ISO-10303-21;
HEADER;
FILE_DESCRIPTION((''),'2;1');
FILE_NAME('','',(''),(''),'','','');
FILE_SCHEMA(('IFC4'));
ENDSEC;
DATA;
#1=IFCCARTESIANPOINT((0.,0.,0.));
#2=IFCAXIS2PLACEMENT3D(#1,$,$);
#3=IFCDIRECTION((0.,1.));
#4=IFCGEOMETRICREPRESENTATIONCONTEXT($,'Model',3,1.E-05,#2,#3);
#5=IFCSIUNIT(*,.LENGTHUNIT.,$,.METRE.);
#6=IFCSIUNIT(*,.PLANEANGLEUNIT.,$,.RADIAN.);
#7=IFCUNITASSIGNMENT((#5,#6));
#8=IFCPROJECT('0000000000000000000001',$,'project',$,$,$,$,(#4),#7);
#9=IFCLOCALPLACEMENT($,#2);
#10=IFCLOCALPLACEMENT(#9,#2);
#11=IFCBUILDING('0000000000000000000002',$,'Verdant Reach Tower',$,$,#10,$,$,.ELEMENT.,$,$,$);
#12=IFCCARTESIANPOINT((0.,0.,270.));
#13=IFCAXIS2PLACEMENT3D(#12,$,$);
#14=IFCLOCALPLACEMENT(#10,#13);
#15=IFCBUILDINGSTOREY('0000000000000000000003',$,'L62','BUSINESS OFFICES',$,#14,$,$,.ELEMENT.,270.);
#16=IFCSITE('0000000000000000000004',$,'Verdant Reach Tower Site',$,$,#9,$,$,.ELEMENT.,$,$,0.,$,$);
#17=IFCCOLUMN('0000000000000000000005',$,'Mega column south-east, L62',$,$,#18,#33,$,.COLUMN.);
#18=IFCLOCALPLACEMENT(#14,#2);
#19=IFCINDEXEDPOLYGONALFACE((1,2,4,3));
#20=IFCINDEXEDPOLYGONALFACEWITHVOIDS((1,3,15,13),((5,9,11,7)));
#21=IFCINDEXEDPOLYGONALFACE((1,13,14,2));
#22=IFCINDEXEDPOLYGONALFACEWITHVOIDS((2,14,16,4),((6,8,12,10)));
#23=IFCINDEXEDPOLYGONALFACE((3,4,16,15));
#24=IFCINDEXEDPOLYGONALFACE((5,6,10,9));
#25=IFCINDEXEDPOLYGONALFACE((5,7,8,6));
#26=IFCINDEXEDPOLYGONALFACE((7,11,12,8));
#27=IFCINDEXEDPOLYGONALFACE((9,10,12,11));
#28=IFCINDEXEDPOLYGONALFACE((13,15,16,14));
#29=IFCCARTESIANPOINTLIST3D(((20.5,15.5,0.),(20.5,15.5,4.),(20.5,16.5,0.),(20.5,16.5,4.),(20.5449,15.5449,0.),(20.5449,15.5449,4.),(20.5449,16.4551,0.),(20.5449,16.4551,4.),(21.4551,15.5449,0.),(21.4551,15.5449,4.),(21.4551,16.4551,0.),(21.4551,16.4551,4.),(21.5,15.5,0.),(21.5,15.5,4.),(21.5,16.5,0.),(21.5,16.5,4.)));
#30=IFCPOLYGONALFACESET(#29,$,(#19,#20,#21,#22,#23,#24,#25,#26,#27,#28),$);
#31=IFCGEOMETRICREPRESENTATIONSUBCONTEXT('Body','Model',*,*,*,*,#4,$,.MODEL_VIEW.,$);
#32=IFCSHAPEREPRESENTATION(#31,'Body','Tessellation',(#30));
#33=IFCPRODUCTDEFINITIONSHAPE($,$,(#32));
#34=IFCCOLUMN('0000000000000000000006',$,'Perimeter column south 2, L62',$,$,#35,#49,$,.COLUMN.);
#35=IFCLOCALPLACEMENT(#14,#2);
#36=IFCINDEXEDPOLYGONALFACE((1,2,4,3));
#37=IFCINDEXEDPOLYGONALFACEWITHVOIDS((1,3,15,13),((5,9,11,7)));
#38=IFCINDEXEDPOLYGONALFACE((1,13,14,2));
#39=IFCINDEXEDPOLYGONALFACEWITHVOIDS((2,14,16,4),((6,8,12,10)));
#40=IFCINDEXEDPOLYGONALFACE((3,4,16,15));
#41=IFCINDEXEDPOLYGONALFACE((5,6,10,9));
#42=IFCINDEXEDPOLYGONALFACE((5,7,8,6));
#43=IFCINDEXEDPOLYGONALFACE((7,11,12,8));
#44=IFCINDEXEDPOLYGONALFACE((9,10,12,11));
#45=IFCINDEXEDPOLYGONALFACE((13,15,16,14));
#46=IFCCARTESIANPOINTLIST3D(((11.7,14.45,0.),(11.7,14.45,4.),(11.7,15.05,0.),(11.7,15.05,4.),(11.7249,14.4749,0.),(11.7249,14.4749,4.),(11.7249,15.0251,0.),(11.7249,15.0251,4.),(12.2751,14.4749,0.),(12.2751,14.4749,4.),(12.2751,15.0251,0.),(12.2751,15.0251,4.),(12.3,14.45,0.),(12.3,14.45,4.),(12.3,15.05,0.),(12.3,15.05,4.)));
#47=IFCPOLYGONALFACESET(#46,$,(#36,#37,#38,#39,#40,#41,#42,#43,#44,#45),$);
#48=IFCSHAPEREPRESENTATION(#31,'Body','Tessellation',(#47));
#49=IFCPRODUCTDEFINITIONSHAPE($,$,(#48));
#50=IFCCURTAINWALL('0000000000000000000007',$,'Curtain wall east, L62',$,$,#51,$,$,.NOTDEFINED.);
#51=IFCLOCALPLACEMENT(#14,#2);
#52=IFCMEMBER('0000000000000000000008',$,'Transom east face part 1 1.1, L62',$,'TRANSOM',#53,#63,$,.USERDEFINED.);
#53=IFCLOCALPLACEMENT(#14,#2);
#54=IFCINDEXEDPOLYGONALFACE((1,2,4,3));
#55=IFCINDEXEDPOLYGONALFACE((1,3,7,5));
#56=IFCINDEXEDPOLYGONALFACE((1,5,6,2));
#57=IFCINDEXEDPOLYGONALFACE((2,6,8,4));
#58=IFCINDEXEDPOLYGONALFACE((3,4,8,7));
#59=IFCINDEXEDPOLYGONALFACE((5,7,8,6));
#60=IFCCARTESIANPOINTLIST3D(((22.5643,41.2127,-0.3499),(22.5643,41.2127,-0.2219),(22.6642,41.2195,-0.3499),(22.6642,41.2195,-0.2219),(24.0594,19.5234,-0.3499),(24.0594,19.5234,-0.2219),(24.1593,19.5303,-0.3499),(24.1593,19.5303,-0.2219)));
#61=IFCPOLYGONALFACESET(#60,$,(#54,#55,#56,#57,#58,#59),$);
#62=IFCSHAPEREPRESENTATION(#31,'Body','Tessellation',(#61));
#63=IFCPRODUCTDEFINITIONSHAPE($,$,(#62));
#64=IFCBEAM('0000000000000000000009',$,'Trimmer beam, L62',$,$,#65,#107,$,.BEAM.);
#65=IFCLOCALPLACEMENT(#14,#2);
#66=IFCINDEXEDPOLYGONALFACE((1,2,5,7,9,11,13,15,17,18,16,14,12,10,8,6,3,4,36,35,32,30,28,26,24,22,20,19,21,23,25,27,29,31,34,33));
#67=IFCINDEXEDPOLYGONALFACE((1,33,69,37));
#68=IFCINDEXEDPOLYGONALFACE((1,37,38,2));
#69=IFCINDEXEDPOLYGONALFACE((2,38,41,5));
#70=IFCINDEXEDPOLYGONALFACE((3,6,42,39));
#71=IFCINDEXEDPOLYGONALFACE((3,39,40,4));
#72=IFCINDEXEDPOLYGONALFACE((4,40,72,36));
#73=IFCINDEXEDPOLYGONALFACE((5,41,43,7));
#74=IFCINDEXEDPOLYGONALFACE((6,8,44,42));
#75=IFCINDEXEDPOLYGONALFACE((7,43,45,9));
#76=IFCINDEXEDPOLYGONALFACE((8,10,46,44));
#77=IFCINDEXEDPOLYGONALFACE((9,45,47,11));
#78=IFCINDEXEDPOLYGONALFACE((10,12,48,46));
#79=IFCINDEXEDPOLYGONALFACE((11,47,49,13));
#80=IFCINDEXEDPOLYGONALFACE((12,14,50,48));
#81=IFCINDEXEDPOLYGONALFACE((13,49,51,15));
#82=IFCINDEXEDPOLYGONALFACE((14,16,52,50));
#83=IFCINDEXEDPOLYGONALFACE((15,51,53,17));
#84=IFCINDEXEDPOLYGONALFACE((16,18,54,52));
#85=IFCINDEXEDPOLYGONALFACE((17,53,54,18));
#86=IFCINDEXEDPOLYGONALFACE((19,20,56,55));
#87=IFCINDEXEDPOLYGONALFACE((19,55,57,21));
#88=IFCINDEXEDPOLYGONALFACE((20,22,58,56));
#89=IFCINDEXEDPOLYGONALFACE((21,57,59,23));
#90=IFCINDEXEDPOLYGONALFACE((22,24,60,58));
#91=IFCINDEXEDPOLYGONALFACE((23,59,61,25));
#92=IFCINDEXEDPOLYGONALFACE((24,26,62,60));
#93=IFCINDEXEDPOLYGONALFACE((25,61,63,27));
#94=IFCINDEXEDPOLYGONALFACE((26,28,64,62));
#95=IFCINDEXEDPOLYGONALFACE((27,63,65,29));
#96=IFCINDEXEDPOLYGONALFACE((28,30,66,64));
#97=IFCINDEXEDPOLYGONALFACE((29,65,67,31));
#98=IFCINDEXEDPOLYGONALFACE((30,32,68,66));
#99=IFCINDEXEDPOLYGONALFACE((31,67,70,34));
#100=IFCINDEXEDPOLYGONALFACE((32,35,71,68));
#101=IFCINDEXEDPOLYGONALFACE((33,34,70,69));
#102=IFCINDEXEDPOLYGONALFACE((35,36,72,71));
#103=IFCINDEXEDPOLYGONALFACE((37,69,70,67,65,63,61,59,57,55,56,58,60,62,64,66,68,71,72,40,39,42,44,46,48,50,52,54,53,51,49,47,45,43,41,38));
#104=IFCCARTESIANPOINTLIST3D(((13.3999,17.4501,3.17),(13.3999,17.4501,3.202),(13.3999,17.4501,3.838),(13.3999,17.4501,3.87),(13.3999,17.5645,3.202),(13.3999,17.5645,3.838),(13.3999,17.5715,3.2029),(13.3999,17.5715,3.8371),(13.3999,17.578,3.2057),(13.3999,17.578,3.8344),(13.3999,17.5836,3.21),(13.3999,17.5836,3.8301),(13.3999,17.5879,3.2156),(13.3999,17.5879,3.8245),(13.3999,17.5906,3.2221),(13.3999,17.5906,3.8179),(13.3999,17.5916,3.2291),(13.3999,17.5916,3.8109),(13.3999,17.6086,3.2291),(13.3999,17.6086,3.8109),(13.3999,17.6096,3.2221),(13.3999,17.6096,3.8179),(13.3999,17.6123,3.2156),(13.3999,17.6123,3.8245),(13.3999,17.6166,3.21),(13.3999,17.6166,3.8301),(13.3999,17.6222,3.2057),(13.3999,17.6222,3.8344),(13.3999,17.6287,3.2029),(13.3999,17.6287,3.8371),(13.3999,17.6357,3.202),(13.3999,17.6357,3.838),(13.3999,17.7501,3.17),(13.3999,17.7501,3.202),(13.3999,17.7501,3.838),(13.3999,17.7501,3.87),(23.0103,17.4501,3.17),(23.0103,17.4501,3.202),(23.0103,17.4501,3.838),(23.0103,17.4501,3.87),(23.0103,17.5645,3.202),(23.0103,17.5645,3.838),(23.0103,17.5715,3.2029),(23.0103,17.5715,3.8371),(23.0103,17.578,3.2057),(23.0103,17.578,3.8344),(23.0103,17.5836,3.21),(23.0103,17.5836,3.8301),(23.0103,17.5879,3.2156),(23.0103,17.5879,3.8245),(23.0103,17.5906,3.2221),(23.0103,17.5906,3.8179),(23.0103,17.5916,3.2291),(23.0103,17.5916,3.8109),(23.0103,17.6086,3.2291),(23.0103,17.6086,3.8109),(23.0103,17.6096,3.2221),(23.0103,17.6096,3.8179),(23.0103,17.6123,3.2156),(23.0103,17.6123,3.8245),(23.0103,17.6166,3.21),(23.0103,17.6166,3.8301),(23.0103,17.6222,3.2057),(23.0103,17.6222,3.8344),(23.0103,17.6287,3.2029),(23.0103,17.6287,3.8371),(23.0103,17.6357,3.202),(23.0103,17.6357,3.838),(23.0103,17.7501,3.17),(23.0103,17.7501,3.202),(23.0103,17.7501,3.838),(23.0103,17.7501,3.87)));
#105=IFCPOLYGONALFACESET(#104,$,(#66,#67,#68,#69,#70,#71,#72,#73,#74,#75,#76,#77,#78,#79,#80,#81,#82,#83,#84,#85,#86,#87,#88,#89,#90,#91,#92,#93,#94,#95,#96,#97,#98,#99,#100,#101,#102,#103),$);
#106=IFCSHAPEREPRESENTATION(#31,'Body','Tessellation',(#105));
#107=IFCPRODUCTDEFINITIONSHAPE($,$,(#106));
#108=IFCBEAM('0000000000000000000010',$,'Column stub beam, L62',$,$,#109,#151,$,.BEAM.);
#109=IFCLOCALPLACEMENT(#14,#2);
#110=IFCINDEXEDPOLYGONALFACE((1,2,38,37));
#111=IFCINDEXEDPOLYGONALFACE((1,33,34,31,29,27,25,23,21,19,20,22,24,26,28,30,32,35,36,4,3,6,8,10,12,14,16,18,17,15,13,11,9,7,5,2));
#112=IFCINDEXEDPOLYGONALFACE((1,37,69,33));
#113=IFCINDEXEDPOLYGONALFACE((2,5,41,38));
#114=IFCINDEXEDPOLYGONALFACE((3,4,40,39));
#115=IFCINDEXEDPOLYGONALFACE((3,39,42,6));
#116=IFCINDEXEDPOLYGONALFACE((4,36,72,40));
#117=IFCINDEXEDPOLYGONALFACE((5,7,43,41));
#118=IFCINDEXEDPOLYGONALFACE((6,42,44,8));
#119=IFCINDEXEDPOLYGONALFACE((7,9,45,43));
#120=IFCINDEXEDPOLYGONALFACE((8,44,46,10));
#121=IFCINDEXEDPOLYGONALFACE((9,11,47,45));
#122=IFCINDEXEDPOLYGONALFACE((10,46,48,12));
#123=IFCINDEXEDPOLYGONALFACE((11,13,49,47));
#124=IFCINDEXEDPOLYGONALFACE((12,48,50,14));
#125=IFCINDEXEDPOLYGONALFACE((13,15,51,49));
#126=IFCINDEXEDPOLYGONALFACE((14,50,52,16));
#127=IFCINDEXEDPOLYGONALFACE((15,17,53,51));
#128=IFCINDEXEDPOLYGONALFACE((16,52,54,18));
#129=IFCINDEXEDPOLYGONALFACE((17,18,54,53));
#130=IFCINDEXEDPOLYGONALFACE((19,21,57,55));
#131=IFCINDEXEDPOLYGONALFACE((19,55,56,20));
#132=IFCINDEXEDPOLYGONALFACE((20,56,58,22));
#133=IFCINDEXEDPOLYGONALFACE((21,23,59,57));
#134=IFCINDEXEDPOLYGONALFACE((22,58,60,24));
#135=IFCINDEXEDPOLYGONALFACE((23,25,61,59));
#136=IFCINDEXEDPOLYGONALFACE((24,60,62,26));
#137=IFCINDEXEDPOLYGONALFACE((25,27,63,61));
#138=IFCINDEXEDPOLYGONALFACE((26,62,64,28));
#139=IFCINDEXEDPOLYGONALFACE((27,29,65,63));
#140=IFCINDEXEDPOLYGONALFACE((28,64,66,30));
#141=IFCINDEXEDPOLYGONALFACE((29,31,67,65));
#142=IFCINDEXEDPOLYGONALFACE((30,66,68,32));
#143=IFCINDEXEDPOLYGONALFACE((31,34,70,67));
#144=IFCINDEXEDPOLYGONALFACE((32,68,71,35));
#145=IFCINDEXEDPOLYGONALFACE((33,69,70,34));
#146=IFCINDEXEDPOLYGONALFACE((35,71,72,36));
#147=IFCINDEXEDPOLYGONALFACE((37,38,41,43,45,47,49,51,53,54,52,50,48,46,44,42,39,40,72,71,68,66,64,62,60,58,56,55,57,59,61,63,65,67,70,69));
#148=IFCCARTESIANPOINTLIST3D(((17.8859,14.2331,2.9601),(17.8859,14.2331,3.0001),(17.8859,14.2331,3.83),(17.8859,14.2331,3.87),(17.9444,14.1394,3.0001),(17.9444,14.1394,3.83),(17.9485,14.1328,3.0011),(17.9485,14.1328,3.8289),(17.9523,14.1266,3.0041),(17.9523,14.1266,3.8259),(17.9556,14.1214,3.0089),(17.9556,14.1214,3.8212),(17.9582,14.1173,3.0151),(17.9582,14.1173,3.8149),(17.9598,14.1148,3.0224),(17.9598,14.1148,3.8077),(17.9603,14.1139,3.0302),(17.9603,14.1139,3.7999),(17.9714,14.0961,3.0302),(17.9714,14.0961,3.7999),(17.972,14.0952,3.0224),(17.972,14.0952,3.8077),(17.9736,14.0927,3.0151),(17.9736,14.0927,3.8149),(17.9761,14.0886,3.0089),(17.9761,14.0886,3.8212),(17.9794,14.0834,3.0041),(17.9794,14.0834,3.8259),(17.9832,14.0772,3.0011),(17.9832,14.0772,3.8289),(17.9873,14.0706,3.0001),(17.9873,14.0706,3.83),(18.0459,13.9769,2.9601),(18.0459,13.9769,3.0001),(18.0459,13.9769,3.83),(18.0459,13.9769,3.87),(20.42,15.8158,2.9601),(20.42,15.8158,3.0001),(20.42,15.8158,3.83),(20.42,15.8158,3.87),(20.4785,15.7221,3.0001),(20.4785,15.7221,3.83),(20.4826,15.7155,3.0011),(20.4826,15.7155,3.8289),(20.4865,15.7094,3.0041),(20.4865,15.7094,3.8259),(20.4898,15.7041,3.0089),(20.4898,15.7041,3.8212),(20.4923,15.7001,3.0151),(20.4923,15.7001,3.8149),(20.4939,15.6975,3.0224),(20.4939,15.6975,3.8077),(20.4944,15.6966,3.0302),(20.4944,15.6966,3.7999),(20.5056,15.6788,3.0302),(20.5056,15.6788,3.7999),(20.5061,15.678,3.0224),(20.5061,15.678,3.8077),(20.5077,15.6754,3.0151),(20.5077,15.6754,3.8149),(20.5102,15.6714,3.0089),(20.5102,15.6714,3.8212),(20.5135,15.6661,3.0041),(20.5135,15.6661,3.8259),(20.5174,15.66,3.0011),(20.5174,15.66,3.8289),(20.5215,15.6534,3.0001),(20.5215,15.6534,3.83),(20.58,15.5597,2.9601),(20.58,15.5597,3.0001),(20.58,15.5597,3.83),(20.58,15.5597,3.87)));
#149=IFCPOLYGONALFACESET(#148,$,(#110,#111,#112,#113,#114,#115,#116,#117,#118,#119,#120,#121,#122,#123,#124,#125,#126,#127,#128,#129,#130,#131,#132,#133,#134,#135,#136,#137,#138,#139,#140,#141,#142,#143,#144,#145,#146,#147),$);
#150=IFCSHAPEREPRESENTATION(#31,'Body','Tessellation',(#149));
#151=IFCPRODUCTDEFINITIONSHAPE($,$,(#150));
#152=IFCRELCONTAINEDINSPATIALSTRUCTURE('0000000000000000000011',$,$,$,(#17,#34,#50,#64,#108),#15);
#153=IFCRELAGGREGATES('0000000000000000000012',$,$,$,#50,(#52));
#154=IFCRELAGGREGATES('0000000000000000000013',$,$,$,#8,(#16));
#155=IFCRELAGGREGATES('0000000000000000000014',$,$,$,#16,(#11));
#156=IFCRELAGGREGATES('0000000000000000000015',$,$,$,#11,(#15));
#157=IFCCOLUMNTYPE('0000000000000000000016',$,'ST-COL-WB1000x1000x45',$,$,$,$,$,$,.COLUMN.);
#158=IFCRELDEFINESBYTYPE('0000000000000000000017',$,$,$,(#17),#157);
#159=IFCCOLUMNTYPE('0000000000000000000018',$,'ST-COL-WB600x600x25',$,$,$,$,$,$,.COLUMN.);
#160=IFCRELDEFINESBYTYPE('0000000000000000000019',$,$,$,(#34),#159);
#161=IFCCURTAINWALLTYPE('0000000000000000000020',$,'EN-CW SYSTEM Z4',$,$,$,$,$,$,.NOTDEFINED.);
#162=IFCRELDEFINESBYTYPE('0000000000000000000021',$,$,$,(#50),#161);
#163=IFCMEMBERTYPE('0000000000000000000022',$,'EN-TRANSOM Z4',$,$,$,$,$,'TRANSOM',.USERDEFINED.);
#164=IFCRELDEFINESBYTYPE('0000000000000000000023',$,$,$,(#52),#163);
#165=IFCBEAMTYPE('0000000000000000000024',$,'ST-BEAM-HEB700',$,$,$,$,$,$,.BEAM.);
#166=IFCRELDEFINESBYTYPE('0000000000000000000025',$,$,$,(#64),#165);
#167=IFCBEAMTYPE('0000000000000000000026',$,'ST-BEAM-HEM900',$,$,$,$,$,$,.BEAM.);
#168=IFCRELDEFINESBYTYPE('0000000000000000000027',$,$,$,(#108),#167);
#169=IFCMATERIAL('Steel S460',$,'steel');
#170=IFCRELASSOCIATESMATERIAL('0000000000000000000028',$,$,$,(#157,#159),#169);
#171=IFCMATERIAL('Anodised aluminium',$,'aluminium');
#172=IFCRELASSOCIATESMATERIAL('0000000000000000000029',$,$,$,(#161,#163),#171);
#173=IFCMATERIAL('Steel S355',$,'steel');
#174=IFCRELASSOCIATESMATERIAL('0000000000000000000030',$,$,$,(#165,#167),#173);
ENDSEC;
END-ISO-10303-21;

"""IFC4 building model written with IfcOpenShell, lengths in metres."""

from ifc_helpers import new_model, si_unit, direction, frame, origin, origin_2d, place, context, subcontext, project, spatial, rectangle, hollow_rectangle, i_section, extrude, material, material_profile, profile_set, type_object, element, aggregate, save


model = new_model("IFC4")

# Units and contexts
model_context = context("Model", 3, precision=1e-05, world=origin(), true_north=direction((0.0, 1.0)))
body_context = subcontext(model_context, "Body", "Model", "MODEL_VIEW")
ifc_project = project(units=[si_unit("LENGTHUNIT", "METRE"), si_unit("PLANEANGLEUNIT", "RADIAN")], contexts=[model_context])

# Site, building, storey
site_placement = place(None, origin())
site = spatial("IfcSite", under=ifc_project, at=site_placement, Name="Verdant Reach Tower Site", CompositionType="ELEMENT", RefElevation=0.0)
building_placement = place(site_placement, origin())
building = spatial("IfcBuilding", under=site, at=building_placement, Name="Verdant Reach Tower", CompositionType="ELEMENT")
storey_placement = place(building_placement, frame((0.0, 0.0, 270.0)))
storey = spatial("IfcBuildingStorey", under=building, at=storey_placement, Name="L62", Description="BUSINESS OFFICES", CompositionType="ELEMENT", Elevation=270.0)

# Columns
ifc_material_1 = material(Name="Steel S460", Category="steel")
ifc_material_profile_1 = material_profile(ifc_material_1, hollow_rectangle(XDim=1.0, YDim=1.0, WallThickness=0.0449, at=origin_2d()), Name="WB 1000x1000x45")
ifc_profile_set_1 = profile_set([ifc_material_profile_1], Name="Steel S460")
column_type_1 = type_object("IfcColumnType", Name="ST-COL-WB1000x1000x45", PredefinedType="COLUMN", material=ifc_profile_set_1)
column_1_placement = place(storey_placement, frame((21.0, 16.0, 0.0), z_axis=(0.0, 0.0, 1.0), x_axis=(1.0, 0.0, 0.0)))
element("IfcColumn", 1, at=column_1_placement, inside=storey, type_object=column_type_1, Name="Mega column south-east, L62", PredefinedType="COLUMN", context=body_context, shape_type="SweptSolid", body=[
    extrude(hollow_rectangle(XDim=1.0, YDim=1.0, WallThickness=0.0449, at=origin_2d()), origin(), (0.0, 0.0, 1.0), 4.0),
])
ifc_material_profile_2 = material_profile(ifc_material_1, hollow_rectangle(XDim=0.6001, YDim=0.6001, WallThickness=0.0249, at=origin_2d()), Name="WB 600x600x25")
ifc_profile_set_2 = profile_set([ifc_material_profile_2], Name="Steel S460")
column_type_2 = type_object("IfcColumnType", Name="ST-COL-WB600x600x25", PredefinedType="COLUMN", material=ifc_profile_set_2)
column_2_placement = place(storey_placement, frame((12.0, 14.75, 0.0), z_axis=(0.0, 0.0, 1.0), x_axis=(1.0, 0.0, 0.0)))
element("IfcColumn", 2, at=column_2_placement, inside=storey, type_object=column_type_2, Name="Perimeter column south 2, L62", PredefinedType="COLUMN", context=body_context, shape_type="SweptSolid", body=[
    extrude(hollow_rectangle(XDim=0.6001, YDim=0.6001, WallThickness=0.0249, at=origin_2d()), origin(), (0.0, 0.0, 1.0), 4.0),
])

# Curtain wall, member
ifc_material_2 = material(Name="Anodised aluminium", Category="aluminium")
curtain_wall_type = type_object("IfcCurtainWallType", Name="EN-CW SYSTEM Z4", PredefinedType="NOTDEFINED", material=ifc_material_2)
curtain_wall_1_placement = place(storey_placement, origin())
curtain_wall_1 = element("IfcCurtainWall", 3, at=curtain_wall_1_placement, inside=storey, type_object=curtain_wall_type, Name="Curtain wall east, L62", PredefinedType="NOTDEFINED")
ifc_material_profile_3 = material_profile(ifc_material_2, rectangle(XDim=0.1001, YDim=0.1279, at=origin_2d()), Name="Transom 128x100")
ifc_profile_set_3 = profile_set([ifc_material_profile_3], Name="Anodised aluminium")
member_type = type_object("IfcMemberType", Name="EN-TRANSOM Z4", ElementType="TRANSOM", PredefinedType="USERDEFINED", material=ifc_profile_set_3)
member_placement = place(storey_placement, frame((24.1094, 19.5269, -0.2859), z_axis=(-0.06877, 0.997633, 0.0), x_axis=(-0.997633, -0.06877, 0.0)))
member = element("IfcMember", 4, at=member_placement, type_object=member_type, Name="Transom east face part 1 1.1, L62", ObjectType="TRANSOM", PredefinedType="USERDEFINED", context=body_context, shape_type="SweptSolid", body=[
    extrude(rectangle(XDim=0.1001, YDim=0.1279, at=origin_2d()), origin(), (0.0, 0.0, 1.0), 21.7407),
])
aggregate(curtain_wall_1, [member])

# Beams
ifc_material_3 = material(Name="Steel S355", Category="steel")
ifc_material_profile_4 = material_profile(ifc_material_3, i_section(OverallWidth=0.3, OverallDepth=0.7, WebThickness=0.0171, FlangeThickness=0.032, FilletRadius=0.0271, at=origin_2d()), Name="HEB 700")
ifc_profile_set_4 = profile_set([ifc_material_profile_4], Name="Steel S355")
beam_type_1 = type_object("IfcBeamType", Name="ST-BEAM-HEB700", PredefinedType="BEAM", material=ifc_profile_set_4)
beam_1_placement = place(storey_placement, frame((13.3999, 17.6001, 3.52), z_axis=(1.0, 0.0, 0.0), x_axis=(0.0, 1.0, 0.0)))
element("IfcBeam", 5, at=beam_1_placement, inside=storey, type_object=beam_type_1, Name="Trimmer beam, L62", PredefinedType="BEAM", context=body_context, shape_type="SweptSolid", body=[
    extrude(i_section(OverallWidth=0.3, OverallDepth=0.7, WebThickness=0.0171, FlangeThickness=0.032, FilletRadius=0.0271, at=origin_2d()), origin(), (0.0, 0.0, 1.0), 9.6104),
])
ifc_material_profile_5 = material_profile(ifc_material_3, i_section(OverallWidth=0.302, OverallDepth=0.9099, WebThickness=0.021, FlangeThickness=0.04, FilletRadius=0.03, at=origin_2d()), Name="HEM 900")
ifc_profile_set_5 = profile_set([ifc_material_profile_5], Name="Steel S355")
beam_type_2 = type_object("IfcBeamType", Name="ST-BEAM-HEM900", PredefinedType="BEAM", material=ifc_profile_set_5)
beam_2_placement = place(storey_placement, frame((20.5, 15.6877, 3.415), z_axis=(-0.848164, -0.529735, 0.0), x_axis=(0.529735, -0.848164, 0.0)))
element("IfcBeam", 6, at=beam_2_placement, inside=storey, type_object=beam_type_2, Name="Column stub beam, L62", PredefinedType="BEAM", context=body_context, shape_type="SweptSolid", body=[
    extrude(i_section(OverallWidth=0.302, OverallDepth=0.9099, WebThickness=0.021, FlangeThickness=0.04, FilletRadius=0.03, at=origin_2d()), origin(), (0.0, 0.0, 1.0), 2.9878),
])

save(model, "model.ifc")
